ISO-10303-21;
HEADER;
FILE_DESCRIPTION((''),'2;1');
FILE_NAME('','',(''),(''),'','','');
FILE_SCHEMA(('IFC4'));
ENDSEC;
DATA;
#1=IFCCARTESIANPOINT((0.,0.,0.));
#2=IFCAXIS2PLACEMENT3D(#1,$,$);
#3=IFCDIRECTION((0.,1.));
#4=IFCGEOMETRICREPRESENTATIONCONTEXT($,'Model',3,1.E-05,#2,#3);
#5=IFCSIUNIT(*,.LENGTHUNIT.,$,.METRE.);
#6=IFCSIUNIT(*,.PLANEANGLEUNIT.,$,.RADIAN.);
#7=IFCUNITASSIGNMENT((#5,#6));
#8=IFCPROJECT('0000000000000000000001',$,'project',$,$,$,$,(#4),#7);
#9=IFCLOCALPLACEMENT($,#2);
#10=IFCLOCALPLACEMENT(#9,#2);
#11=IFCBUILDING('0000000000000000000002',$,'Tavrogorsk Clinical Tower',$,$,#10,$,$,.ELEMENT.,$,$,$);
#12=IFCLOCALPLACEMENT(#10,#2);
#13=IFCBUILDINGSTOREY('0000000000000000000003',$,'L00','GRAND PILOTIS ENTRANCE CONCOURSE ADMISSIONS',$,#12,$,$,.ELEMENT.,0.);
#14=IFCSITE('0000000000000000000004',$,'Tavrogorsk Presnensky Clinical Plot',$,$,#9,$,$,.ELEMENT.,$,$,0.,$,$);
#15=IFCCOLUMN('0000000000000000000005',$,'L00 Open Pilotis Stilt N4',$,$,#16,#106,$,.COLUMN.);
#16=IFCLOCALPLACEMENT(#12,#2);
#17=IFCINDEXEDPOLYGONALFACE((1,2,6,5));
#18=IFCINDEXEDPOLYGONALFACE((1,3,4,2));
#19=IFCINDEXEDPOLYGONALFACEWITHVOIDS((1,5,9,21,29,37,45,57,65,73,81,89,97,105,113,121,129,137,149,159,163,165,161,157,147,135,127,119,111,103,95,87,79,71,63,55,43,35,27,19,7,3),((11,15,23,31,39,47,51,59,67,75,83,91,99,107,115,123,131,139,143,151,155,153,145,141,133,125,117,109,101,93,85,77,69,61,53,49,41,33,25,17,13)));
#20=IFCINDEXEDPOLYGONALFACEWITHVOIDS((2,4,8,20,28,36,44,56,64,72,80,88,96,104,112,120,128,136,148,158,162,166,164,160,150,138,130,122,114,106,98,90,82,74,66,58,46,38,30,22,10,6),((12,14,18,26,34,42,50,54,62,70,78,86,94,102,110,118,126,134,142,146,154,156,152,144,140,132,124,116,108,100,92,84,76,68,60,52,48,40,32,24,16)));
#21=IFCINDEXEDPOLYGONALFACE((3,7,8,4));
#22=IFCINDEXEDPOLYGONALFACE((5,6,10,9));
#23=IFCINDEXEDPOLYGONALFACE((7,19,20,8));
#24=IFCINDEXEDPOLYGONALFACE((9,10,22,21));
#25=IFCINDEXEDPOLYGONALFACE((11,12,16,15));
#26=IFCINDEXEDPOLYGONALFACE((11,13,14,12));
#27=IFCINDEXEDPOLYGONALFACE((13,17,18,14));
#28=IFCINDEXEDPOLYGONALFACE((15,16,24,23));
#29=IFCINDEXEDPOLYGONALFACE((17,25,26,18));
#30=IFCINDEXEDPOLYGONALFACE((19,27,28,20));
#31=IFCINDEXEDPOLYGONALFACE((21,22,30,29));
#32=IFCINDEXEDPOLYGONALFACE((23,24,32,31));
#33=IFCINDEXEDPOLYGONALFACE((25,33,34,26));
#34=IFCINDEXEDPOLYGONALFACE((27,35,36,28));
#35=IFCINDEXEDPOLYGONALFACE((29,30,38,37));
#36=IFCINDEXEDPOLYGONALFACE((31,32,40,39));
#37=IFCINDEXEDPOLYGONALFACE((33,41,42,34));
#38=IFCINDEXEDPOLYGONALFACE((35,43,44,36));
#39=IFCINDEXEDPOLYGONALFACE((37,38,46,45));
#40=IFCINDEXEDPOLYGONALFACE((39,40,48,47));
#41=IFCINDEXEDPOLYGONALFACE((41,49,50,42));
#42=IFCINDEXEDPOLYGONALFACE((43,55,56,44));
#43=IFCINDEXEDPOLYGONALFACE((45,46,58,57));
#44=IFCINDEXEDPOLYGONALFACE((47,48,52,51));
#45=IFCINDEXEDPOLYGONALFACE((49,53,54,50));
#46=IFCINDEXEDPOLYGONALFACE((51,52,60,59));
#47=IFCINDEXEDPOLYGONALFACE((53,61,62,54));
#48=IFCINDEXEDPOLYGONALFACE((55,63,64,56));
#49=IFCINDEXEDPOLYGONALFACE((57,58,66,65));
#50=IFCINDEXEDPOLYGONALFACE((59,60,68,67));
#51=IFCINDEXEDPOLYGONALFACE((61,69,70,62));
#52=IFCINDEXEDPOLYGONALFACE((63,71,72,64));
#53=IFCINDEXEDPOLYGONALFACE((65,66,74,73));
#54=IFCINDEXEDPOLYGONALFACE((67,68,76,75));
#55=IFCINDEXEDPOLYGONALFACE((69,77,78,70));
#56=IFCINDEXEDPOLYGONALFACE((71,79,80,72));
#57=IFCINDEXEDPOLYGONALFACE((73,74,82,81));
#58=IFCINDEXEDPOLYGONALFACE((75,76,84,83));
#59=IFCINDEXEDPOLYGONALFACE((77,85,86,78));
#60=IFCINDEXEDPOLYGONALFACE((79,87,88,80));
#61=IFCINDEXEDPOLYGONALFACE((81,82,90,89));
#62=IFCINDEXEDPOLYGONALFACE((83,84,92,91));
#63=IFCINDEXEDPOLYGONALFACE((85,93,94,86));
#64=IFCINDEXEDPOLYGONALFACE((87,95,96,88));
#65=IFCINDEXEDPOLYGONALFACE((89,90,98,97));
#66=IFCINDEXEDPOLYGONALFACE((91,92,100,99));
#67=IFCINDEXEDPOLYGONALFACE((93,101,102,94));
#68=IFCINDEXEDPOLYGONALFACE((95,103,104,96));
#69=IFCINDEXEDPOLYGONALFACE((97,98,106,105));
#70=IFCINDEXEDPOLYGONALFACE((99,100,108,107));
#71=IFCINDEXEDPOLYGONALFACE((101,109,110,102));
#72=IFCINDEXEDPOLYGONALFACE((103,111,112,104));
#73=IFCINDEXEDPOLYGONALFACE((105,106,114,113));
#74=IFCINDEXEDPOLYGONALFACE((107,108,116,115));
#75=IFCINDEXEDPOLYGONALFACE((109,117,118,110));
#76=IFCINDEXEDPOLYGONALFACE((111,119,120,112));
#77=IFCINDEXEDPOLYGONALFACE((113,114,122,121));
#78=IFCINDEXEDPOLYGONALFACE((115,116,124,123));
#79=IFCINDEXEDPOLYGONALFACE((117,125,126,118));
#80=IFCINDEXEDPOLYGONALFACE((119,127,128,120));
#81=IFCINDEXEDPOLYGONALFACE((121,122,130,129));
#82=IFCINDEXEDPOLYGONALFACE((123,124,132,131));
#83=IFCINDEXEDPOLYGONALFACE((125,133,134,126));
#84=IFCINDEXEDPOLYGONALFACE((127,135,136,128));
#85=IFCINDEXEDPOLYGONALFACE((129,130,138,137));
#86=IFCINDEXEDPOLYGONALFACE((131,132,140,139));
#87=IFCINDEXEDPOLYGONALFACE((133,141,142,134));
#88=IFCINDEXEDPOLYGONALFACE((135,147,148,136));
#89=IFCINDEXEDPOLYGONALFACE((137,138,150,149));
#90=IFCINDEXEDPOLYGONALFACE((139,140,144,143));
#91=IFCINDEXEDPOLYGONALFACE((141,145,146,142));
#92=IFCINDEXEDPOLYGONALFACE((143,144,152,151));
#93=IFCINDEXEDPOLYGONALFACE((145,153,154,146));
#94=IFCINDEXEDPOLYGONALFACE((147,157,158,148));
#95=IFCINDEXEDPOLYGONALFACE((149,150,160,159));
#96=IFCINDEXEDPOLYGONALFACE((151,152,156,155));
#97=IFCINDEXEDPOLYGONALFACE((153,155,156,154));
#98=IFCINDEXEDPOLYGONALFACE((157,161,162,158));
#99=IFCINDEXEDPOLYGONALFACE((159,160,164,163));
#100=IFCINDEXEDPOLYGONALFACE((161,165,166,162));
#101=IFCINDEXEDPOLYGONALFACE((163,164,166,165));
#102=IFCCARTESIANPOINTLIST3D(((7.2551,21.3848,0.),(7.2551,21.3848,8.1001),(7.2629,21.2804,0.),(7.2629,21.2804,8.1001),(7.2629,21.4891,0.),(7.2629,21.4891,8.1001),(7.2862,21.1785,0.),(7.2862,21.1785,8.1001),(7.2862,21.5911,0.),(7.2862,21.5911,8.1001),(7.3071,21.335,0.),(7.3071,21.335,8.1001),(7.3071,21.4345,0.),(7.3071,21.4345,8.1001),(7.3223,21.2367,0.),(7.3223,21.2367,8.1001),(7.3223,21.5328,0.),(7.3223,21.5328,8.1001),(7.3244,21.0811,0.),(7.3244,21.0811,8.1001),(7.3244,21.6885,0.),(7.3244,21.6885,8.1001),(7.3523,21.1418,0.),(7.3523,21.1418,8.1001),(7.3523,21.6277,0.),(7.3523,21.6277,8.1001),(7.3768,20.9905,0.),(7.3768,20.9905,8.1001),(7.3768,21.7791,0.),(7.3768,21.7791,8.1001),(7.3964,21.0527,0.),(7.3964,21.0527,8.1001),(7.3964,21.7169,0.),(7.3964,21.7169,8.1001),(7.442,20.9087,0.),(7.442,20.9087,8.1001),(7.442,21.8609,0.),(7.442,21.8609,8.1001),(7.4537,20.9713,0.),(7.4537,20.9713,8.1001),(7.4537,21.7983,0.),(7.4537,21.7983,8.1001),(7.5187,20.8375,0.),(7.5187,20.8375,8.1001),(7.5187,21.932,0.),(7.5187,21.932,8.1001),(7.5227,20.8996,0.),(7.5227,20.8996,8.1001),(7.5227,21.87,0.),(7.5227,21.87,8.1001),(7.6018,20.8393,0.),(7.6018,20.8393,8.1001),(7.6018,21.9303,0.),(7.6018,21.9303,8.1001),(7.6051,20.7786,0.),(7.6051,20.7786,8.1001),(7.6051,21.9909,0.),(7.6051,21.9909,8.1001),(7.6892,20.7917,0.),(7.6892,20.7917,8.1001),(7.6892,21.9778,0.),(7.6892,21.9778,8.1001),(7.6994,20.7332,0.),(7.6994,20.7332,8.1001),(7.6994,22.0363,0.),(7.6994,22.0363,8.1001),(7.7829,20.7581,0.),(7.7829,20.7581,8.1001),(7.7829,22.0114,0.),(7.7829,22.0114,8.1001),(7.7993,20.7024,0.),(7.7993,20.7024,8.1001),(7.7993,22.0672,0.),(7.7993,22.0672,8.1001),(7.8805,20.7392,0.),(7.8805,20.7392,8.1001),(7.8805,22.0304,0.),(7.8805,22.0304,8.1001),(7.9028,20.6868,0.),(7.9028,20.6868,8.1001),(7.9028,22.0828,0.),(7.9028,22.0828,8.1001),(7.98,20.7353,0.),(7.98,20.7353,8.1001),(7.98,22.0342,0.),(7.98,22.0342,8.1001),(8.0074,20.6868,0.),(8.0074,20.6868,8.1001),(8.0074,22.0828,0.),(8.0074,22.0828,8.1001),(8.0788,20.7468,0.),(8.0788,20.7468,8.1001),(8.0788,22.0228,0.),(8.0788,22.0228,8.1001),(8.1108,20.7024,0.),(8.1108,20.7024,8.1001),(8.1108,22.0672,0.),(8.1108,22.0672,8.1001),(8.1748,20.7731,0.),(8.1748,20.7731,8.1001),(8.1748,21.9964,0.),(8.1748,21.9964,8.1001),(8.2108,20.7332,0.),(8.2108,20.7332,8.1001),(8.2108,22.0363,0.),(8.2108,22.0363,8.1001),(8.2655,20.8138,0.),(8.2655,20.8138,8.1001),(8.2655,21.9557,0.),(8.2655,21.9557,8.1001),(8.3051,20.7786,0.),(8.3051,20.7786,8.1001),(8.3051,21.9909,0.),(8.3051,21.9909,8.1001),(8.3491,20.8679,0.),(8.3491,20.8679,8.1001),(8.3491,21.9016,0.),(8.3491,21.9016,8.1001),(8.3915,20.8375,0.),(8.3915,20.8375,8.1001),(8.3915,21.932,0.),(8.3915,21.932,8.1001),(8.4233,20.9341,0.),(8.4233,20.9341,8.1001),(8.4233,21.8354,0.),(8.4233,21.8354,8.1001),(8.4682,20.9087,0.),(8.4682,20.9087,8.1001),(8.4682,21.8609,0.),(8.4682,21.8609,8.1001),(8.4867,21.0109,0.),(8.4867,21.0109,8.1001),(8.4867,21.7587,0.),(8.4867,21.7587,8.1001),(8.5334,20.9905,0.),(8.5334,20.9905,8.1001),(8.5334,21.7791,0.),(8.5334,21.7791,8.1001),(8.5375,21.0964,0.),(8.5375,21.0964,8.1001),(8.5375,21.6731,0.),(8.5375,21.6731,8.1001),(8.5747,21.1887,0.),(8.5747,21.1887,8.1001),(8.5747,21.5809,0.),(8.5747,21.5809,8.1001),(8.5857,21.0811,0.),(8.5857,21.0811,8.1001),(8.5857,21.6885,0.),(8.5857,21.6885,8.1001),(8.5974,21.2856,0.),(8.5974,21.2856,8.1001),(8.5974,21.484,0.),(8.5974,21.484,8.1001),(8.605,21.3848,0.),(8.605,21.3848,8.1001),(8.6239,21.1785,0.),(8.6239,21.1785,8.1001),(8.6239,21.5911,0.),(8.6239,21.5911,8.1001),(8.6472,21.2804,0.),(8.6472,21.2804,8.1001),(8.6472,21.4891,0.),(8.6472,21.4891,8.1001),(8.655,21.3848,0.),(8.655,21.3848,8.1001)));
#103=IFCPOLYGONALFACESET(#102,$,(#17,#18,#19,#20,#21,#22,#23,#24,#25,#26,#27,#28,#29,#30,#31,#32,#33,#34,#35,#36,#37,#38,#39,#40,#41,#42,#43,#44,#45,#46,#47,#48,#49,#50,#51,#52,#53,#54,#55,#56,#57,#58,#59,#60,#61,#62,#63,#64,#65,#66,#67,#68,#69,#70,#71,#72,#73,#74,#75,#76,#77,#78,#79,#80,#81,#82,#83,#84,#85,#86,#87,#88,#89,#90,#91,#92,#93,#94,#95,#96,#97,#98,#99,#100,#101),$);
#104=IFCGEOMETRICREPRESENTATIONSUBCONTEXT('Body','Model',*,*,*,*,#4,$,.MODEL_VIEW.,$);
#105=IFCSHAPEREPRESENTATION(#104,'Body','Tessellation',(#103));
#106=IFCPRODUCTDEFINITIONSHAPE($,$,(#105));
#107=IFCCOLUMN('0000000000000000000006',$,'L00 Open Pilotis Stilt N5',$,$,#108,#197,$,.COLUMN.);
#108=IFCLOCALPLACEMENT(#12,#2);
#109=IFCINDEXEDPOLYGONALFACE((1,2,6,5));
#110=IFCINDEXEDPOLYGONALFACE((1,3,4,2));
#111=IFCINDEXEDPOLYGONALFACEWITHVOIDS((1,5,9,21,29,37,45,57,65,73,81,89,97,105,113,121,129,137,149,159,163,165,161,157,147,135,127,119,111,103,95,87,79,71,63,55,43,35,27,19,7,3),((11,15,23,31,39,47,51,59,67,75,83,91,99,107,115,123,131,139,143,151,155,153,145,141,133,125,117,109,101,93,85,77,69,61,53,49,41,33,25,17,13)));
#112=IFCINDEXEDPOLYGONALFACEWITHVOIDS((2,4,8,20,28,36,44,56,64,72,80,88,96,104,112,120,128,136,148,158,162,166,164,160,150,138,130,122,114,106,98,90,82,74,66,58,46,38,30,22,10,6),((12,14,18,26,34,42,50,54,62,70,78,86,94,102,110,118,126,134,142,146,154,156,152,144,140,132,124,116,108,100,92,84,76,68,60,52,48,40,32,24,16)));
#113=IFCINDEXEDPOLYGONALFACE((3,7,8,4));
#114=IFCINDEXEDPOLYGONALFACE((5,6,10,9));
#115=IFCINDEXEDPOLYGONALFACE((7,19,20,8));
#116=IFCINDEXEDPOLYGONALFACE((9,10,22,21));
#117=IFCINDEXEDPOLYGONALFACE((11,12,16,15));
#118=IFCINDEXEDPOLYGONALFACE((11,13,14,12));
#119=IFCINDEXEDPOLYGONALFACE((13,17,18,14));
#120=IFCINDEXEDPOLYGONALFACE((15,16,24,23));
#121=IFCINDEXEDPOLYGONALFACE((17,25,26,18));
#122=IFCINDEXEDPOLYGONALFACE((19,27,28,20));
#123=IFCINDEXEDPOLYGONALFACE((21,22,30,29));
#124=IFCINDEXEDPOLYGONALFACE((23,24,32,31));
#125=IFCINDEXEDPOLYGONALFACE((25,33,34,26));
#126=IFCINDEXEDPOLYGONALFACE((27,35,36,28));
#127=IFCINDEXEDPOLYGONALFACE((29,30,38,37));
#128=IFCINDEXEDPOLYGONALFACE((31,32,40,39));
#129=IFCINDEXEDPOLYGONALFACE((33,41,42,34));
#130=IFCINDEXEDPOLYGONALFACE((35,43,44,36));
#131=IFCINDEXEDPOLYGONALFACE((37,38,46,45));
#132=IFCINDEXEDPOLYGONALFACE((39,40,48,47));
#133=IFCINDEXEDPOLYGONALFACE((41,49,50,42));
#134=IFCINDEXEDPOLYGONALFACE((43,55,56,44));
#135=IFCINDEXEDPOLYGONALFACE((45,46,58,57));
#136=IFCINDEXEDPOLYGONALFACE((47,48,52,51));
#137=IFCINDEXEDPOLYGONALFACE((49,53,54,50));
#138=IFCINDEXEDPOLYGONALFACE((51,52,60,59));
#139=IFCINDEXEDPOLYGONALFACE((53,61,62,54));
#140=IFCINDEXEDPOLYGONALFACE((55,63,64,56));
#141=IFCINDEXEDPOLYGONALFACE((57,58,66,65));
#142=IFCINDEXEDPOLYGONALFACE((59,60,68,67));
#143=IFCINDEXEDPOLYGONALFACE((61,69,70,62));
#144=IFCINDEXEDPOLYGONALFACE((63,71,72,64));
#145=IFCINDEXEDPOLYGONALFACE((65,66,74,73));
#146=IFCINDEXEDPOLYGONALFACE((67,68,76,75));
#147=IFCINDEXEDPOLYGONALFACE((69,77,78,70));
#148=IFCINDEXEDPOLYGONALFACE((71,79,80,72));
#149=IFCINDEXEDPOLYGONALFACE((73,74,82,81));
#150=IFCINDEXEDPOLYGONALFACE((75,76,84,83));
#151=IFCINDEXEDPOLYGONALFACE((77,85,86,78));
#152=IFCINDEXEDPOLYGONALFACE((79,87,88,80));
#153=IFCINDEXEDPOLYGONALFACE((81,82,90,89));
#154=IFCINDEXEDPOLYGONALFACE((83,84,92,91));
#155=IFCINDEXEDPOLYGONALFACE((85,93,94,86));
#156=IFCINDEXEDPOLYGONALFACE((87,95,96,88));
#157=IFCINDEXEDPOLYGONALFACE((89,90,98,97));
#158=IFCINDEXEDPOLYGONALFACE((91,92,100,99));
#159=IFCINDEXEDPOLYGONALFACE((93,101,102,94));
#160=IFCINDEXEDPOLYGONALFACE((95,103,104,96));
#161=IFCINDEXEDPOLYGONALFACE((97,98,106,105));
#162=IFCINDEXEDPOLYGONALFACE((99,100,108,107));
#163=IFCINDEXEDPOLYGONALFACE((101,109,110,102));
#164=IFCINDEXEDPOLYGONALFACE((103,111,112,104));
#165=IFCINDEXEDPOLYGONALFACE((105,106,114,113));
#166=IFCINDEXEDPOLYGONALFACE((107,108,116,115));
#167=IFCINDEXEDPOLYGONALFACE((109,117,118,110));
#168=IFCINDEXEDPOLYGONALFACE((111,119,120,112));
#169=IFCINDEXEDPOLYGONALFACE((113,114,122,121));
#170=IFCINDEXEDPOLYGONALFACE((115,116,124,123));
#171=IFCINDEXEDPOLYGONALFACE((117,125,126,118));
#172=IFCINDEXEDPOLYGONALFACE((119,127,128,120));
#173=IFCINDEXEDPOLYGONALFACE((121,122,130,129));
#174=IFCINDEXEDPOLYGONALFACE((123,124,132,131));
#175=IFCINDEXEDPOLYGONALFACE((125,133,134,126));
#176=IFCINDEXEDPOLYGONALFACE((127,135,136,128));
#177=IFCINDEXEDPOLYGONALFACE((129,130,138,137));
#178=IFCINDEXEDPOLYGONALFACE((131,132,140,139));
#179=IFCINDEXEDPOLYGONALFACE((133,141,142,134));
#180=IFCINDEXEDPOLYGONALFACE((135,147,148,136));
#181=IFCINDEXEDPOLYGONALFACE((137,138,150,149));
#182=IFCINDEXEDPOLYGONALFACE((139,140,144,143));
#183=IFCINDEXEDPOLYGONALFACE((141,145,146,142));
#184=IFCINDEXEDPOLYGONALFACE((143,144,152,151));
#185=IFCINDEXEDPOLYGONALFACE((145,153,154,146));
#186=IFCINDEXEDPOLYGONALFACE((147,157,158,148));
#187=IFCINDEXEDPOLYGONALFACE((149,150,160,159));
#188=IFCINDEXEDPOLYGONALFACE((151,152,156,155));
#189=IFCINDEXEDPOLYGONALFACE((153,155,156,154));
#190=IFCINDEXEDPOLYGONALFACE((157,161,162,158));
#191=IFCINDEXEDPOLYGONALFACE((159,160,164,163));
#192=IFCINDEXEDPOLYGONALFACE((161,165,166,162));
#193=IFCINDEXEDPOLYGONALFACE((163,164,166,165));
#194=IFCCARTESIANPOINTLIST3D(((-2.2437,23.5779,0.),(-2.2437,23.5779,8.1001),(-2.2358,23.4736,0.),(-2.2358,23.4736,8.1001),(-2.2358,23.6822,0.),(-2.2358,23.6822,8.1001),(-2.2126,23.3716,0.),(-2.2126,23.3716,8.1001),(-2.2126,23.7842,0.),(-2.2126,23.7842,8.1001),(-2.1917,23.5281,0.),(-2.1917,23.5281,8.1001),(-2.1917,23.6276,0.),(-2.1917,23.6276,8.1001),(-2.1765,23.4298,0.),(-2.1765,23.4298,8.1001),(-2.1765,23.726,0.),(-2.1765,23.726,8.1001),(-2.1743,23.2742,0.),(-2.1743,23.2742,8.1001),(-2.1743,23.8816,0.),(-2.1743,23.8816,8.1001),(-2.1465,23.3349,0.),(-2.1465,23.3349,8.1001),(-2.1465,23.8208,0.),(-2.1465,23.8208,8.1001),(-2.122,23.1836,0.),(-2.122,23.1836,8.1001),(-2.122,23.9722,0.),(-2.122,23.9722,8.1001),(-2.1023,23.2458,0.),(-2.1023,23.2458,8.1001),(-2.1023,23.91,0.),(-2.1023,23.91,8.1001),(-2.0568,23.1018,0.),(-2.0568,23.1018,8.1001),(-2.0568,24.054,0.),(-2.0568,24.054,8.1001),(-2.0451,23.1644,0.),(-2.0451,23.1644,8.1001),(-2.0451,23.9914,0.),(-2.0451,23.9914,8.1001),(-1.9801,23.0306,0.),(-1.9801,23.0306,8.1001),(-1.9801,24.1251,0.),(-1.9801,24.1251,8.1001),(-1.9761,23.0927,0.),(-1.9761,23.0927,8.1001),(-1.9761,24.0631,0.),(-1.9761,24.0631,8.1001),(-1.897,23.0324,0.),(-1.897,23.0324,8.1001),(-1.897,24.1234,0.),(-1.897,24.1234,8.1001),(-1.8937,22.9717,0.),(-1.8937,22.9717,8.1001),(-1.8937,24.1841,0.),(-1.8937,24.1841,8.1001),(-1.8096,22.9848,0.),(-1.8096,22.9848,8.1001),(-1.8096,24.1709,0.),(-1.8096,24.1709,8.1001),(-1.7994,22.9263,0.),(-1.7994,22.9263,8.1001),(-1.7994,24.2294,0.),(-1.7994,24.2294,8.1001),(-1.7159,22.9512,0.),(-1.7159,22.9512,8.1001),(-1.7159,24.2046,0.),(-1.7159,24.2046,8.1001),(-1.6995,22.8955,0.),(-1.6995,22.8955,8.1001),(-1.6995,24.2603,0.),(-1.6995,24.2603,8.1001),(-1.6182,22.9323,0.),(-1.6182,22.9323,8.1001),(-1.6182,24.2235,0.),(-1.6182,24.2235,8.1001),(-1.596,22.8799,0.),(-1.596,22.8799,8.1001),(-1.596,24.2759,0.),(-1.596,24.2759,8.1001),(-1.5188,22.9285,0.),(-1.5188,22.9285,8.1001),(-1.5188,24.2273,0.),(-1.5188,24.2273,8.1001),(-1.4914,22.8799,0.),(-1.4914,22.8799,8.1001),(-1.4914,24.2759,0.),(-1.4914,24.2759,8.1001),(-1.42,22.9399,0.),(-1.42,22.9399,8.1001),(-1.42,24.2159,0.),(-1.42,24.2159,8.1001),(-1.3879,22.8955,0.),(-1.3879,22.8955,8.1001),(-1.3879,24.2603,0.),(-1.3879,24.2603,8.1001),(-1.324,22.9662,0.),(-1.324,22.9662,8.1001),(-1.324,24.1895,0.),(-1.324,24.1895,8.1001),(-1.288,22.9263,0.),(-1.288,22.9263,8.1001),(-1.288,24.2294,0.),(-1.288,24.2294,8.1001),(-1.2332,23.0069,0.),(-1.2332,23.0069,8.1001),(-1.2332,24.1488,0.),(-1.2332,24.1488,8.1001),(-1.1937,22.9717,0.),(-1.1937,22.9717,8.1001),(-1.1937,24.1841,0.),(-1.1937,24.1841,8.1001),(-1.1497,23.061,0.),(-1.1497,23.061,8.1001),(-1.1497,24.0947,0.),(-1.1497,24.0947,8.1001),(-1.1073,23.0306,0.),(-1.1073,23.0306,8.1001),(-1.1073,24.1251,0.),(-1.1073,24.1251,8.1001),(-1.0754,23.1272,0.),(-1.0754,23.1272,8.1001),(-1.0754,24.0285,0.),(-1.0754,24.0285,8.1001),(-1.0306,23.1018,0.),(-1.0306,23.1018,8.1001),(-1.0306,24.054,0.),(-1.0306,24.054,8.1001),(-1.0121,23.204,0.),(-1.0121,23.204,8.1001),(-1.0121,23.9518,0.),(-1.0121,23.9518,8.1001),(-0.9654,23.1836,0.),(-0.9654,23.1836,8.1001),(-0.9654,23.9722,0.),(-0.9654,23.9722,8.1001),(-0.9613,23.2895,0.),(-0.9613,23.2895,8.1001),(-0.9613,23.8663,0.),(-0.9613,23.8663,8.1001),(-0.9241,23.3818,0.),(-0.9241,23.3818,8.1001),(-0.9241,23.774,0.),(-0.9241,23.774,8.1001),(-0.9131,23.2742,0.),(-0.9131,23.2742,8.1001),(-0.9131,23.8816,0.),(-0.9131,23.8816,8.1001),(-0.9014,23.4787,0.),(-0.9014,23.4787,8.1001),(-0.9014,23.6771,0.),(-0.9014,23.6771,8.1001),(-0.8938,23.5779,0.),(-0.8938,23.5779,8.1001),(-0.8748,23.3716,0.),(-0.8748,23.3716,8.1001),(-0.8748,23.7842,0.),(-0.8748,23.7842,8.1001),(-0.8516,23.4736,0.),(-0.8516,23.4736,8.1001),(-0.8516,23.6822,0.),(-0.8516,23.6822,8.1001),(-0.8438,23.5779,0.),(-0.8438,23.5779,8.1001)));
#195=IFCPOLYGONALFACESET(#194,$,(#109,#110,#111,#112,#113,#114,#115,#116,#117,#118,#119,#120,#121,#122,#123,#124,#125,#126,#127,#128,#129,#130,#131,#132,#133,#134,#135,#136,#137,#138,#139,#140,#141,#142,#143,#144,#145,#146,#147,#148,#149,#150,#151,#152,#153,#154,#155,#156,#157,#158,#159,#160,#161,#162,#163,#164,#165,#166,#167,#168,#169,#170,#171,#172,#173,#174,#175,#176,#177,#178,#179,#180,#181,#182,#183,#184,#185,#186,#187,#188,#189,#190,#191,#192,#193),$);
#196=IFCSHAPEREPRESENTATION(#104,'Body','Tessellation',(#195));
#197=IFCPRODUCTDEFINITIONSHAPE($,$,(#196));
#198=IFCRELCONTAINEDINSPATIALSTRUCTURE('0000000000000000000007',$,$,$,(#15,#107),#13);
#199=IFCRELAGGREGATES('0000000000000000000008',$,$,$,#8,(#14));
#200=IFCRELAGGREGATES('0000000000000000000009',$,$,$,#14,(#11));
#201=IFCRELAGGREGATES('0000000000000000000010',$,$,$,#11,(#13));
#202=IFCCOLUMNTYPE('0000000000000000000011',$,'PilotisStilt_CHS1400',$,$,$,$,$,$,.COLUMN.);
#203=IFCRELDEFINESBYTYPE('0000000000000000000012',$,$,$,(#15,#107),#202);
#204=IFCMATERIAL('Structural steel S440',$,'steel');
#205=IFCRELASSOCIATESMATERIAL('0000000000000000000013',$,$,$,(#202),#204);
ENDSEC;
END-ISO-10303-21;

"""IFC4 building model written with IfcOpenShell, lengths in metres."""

from ifc_helpers import new_model, si_unit, direction, frame, origin, origin_2d, place, context, subcontext, project, spatial, hollow_circle, extrude, material, material_profile, profile_set, type_object, element, save


model = new_model("IFC4")

# Units and contexts
model_context = context("Model", 3, precision=1e-05, world=origin(), true_north=direction((0.0, 1.0)))
body_context = subcontext(model_context, "Body", "Model", "MODEL_VIEW")
ifc_project = project(units=[si_unit("LENGTHUNIT", "METRE"), si_unit("PLANEANGLEUNIT", "RADIAN")], contexts=[model_context])

# Site, building, storey
site_placement = place(None, origin())
site = spatial("IfcSite", under=ifc_project, at=site_placement, Name="Tavrogorsk Presnensky Clinical Plot", CompositionType="ELEMENT", RefElevation=0.0)
building_placement = place(site_placement, origin())
building = spatial("IfcBuilding", under=site, at=building_placement, Name="Tavrogorsk Clinical Tower", CompositionType="ELEMENT")
storey_placement = place(building_placement, origin())
storey = spatial("IfcBuildingStorey", under=building, at=storey_placement, Name="L00", Description="GRAND PILOTIS ENTRANCE CONCOURSE ADMISSIONS", CompositionType="ELEMENT", Elevation=0.0)

# Columns
ifc_material_1 = material(Name="Structural steel S440", Category="steel")
ifc_material_profile_1 = material_profile(ifc_material_1, hollow_circle(Radius=0.7, WallThickness=0.05, at=origin_2d()), Name="CHS-1400x50")
ifc_profile_set_1 = profile_set([ifc_material_profile_1], Name="Structural steel S440")
column_type = type_object("IfcColumnType", Name="PilotisStilt_CHS1400", PredefinedType="COLUMN", material=ifc_profile_set_1)
for number, where, z_axis, x_axis, name in (
    (1, (7.9551, 21.3848, 0.0), (0.0, 0.0, 1.0), (1.0, 0.0, 0.0), "L00 Open Pilotis Stilt N4"),
    (2, (-1.5437, 23.5779, 0.0), (0.0, 0.0, 1.0), (1.0, 0.0, 0.0), "L00 Open Pilotis Stilt N5"),
):
    element("IfcColumn", number, at=place(storey_placement, frame(where, z_axis=z_axis, x_axis=x_axis)), inside=storey, type_object=column_type, Name=name, PredefinedType="COLUMN", context=body_context, shape_type="SweptSolid", body=[
        extrude(hollow_circle(Radius=0.7, WallThickness=0.05, at=origin_2d()), origin(), (0.0, 0.0, 1.0), 8.1001),
    ])

save(model, "model.ifc")
